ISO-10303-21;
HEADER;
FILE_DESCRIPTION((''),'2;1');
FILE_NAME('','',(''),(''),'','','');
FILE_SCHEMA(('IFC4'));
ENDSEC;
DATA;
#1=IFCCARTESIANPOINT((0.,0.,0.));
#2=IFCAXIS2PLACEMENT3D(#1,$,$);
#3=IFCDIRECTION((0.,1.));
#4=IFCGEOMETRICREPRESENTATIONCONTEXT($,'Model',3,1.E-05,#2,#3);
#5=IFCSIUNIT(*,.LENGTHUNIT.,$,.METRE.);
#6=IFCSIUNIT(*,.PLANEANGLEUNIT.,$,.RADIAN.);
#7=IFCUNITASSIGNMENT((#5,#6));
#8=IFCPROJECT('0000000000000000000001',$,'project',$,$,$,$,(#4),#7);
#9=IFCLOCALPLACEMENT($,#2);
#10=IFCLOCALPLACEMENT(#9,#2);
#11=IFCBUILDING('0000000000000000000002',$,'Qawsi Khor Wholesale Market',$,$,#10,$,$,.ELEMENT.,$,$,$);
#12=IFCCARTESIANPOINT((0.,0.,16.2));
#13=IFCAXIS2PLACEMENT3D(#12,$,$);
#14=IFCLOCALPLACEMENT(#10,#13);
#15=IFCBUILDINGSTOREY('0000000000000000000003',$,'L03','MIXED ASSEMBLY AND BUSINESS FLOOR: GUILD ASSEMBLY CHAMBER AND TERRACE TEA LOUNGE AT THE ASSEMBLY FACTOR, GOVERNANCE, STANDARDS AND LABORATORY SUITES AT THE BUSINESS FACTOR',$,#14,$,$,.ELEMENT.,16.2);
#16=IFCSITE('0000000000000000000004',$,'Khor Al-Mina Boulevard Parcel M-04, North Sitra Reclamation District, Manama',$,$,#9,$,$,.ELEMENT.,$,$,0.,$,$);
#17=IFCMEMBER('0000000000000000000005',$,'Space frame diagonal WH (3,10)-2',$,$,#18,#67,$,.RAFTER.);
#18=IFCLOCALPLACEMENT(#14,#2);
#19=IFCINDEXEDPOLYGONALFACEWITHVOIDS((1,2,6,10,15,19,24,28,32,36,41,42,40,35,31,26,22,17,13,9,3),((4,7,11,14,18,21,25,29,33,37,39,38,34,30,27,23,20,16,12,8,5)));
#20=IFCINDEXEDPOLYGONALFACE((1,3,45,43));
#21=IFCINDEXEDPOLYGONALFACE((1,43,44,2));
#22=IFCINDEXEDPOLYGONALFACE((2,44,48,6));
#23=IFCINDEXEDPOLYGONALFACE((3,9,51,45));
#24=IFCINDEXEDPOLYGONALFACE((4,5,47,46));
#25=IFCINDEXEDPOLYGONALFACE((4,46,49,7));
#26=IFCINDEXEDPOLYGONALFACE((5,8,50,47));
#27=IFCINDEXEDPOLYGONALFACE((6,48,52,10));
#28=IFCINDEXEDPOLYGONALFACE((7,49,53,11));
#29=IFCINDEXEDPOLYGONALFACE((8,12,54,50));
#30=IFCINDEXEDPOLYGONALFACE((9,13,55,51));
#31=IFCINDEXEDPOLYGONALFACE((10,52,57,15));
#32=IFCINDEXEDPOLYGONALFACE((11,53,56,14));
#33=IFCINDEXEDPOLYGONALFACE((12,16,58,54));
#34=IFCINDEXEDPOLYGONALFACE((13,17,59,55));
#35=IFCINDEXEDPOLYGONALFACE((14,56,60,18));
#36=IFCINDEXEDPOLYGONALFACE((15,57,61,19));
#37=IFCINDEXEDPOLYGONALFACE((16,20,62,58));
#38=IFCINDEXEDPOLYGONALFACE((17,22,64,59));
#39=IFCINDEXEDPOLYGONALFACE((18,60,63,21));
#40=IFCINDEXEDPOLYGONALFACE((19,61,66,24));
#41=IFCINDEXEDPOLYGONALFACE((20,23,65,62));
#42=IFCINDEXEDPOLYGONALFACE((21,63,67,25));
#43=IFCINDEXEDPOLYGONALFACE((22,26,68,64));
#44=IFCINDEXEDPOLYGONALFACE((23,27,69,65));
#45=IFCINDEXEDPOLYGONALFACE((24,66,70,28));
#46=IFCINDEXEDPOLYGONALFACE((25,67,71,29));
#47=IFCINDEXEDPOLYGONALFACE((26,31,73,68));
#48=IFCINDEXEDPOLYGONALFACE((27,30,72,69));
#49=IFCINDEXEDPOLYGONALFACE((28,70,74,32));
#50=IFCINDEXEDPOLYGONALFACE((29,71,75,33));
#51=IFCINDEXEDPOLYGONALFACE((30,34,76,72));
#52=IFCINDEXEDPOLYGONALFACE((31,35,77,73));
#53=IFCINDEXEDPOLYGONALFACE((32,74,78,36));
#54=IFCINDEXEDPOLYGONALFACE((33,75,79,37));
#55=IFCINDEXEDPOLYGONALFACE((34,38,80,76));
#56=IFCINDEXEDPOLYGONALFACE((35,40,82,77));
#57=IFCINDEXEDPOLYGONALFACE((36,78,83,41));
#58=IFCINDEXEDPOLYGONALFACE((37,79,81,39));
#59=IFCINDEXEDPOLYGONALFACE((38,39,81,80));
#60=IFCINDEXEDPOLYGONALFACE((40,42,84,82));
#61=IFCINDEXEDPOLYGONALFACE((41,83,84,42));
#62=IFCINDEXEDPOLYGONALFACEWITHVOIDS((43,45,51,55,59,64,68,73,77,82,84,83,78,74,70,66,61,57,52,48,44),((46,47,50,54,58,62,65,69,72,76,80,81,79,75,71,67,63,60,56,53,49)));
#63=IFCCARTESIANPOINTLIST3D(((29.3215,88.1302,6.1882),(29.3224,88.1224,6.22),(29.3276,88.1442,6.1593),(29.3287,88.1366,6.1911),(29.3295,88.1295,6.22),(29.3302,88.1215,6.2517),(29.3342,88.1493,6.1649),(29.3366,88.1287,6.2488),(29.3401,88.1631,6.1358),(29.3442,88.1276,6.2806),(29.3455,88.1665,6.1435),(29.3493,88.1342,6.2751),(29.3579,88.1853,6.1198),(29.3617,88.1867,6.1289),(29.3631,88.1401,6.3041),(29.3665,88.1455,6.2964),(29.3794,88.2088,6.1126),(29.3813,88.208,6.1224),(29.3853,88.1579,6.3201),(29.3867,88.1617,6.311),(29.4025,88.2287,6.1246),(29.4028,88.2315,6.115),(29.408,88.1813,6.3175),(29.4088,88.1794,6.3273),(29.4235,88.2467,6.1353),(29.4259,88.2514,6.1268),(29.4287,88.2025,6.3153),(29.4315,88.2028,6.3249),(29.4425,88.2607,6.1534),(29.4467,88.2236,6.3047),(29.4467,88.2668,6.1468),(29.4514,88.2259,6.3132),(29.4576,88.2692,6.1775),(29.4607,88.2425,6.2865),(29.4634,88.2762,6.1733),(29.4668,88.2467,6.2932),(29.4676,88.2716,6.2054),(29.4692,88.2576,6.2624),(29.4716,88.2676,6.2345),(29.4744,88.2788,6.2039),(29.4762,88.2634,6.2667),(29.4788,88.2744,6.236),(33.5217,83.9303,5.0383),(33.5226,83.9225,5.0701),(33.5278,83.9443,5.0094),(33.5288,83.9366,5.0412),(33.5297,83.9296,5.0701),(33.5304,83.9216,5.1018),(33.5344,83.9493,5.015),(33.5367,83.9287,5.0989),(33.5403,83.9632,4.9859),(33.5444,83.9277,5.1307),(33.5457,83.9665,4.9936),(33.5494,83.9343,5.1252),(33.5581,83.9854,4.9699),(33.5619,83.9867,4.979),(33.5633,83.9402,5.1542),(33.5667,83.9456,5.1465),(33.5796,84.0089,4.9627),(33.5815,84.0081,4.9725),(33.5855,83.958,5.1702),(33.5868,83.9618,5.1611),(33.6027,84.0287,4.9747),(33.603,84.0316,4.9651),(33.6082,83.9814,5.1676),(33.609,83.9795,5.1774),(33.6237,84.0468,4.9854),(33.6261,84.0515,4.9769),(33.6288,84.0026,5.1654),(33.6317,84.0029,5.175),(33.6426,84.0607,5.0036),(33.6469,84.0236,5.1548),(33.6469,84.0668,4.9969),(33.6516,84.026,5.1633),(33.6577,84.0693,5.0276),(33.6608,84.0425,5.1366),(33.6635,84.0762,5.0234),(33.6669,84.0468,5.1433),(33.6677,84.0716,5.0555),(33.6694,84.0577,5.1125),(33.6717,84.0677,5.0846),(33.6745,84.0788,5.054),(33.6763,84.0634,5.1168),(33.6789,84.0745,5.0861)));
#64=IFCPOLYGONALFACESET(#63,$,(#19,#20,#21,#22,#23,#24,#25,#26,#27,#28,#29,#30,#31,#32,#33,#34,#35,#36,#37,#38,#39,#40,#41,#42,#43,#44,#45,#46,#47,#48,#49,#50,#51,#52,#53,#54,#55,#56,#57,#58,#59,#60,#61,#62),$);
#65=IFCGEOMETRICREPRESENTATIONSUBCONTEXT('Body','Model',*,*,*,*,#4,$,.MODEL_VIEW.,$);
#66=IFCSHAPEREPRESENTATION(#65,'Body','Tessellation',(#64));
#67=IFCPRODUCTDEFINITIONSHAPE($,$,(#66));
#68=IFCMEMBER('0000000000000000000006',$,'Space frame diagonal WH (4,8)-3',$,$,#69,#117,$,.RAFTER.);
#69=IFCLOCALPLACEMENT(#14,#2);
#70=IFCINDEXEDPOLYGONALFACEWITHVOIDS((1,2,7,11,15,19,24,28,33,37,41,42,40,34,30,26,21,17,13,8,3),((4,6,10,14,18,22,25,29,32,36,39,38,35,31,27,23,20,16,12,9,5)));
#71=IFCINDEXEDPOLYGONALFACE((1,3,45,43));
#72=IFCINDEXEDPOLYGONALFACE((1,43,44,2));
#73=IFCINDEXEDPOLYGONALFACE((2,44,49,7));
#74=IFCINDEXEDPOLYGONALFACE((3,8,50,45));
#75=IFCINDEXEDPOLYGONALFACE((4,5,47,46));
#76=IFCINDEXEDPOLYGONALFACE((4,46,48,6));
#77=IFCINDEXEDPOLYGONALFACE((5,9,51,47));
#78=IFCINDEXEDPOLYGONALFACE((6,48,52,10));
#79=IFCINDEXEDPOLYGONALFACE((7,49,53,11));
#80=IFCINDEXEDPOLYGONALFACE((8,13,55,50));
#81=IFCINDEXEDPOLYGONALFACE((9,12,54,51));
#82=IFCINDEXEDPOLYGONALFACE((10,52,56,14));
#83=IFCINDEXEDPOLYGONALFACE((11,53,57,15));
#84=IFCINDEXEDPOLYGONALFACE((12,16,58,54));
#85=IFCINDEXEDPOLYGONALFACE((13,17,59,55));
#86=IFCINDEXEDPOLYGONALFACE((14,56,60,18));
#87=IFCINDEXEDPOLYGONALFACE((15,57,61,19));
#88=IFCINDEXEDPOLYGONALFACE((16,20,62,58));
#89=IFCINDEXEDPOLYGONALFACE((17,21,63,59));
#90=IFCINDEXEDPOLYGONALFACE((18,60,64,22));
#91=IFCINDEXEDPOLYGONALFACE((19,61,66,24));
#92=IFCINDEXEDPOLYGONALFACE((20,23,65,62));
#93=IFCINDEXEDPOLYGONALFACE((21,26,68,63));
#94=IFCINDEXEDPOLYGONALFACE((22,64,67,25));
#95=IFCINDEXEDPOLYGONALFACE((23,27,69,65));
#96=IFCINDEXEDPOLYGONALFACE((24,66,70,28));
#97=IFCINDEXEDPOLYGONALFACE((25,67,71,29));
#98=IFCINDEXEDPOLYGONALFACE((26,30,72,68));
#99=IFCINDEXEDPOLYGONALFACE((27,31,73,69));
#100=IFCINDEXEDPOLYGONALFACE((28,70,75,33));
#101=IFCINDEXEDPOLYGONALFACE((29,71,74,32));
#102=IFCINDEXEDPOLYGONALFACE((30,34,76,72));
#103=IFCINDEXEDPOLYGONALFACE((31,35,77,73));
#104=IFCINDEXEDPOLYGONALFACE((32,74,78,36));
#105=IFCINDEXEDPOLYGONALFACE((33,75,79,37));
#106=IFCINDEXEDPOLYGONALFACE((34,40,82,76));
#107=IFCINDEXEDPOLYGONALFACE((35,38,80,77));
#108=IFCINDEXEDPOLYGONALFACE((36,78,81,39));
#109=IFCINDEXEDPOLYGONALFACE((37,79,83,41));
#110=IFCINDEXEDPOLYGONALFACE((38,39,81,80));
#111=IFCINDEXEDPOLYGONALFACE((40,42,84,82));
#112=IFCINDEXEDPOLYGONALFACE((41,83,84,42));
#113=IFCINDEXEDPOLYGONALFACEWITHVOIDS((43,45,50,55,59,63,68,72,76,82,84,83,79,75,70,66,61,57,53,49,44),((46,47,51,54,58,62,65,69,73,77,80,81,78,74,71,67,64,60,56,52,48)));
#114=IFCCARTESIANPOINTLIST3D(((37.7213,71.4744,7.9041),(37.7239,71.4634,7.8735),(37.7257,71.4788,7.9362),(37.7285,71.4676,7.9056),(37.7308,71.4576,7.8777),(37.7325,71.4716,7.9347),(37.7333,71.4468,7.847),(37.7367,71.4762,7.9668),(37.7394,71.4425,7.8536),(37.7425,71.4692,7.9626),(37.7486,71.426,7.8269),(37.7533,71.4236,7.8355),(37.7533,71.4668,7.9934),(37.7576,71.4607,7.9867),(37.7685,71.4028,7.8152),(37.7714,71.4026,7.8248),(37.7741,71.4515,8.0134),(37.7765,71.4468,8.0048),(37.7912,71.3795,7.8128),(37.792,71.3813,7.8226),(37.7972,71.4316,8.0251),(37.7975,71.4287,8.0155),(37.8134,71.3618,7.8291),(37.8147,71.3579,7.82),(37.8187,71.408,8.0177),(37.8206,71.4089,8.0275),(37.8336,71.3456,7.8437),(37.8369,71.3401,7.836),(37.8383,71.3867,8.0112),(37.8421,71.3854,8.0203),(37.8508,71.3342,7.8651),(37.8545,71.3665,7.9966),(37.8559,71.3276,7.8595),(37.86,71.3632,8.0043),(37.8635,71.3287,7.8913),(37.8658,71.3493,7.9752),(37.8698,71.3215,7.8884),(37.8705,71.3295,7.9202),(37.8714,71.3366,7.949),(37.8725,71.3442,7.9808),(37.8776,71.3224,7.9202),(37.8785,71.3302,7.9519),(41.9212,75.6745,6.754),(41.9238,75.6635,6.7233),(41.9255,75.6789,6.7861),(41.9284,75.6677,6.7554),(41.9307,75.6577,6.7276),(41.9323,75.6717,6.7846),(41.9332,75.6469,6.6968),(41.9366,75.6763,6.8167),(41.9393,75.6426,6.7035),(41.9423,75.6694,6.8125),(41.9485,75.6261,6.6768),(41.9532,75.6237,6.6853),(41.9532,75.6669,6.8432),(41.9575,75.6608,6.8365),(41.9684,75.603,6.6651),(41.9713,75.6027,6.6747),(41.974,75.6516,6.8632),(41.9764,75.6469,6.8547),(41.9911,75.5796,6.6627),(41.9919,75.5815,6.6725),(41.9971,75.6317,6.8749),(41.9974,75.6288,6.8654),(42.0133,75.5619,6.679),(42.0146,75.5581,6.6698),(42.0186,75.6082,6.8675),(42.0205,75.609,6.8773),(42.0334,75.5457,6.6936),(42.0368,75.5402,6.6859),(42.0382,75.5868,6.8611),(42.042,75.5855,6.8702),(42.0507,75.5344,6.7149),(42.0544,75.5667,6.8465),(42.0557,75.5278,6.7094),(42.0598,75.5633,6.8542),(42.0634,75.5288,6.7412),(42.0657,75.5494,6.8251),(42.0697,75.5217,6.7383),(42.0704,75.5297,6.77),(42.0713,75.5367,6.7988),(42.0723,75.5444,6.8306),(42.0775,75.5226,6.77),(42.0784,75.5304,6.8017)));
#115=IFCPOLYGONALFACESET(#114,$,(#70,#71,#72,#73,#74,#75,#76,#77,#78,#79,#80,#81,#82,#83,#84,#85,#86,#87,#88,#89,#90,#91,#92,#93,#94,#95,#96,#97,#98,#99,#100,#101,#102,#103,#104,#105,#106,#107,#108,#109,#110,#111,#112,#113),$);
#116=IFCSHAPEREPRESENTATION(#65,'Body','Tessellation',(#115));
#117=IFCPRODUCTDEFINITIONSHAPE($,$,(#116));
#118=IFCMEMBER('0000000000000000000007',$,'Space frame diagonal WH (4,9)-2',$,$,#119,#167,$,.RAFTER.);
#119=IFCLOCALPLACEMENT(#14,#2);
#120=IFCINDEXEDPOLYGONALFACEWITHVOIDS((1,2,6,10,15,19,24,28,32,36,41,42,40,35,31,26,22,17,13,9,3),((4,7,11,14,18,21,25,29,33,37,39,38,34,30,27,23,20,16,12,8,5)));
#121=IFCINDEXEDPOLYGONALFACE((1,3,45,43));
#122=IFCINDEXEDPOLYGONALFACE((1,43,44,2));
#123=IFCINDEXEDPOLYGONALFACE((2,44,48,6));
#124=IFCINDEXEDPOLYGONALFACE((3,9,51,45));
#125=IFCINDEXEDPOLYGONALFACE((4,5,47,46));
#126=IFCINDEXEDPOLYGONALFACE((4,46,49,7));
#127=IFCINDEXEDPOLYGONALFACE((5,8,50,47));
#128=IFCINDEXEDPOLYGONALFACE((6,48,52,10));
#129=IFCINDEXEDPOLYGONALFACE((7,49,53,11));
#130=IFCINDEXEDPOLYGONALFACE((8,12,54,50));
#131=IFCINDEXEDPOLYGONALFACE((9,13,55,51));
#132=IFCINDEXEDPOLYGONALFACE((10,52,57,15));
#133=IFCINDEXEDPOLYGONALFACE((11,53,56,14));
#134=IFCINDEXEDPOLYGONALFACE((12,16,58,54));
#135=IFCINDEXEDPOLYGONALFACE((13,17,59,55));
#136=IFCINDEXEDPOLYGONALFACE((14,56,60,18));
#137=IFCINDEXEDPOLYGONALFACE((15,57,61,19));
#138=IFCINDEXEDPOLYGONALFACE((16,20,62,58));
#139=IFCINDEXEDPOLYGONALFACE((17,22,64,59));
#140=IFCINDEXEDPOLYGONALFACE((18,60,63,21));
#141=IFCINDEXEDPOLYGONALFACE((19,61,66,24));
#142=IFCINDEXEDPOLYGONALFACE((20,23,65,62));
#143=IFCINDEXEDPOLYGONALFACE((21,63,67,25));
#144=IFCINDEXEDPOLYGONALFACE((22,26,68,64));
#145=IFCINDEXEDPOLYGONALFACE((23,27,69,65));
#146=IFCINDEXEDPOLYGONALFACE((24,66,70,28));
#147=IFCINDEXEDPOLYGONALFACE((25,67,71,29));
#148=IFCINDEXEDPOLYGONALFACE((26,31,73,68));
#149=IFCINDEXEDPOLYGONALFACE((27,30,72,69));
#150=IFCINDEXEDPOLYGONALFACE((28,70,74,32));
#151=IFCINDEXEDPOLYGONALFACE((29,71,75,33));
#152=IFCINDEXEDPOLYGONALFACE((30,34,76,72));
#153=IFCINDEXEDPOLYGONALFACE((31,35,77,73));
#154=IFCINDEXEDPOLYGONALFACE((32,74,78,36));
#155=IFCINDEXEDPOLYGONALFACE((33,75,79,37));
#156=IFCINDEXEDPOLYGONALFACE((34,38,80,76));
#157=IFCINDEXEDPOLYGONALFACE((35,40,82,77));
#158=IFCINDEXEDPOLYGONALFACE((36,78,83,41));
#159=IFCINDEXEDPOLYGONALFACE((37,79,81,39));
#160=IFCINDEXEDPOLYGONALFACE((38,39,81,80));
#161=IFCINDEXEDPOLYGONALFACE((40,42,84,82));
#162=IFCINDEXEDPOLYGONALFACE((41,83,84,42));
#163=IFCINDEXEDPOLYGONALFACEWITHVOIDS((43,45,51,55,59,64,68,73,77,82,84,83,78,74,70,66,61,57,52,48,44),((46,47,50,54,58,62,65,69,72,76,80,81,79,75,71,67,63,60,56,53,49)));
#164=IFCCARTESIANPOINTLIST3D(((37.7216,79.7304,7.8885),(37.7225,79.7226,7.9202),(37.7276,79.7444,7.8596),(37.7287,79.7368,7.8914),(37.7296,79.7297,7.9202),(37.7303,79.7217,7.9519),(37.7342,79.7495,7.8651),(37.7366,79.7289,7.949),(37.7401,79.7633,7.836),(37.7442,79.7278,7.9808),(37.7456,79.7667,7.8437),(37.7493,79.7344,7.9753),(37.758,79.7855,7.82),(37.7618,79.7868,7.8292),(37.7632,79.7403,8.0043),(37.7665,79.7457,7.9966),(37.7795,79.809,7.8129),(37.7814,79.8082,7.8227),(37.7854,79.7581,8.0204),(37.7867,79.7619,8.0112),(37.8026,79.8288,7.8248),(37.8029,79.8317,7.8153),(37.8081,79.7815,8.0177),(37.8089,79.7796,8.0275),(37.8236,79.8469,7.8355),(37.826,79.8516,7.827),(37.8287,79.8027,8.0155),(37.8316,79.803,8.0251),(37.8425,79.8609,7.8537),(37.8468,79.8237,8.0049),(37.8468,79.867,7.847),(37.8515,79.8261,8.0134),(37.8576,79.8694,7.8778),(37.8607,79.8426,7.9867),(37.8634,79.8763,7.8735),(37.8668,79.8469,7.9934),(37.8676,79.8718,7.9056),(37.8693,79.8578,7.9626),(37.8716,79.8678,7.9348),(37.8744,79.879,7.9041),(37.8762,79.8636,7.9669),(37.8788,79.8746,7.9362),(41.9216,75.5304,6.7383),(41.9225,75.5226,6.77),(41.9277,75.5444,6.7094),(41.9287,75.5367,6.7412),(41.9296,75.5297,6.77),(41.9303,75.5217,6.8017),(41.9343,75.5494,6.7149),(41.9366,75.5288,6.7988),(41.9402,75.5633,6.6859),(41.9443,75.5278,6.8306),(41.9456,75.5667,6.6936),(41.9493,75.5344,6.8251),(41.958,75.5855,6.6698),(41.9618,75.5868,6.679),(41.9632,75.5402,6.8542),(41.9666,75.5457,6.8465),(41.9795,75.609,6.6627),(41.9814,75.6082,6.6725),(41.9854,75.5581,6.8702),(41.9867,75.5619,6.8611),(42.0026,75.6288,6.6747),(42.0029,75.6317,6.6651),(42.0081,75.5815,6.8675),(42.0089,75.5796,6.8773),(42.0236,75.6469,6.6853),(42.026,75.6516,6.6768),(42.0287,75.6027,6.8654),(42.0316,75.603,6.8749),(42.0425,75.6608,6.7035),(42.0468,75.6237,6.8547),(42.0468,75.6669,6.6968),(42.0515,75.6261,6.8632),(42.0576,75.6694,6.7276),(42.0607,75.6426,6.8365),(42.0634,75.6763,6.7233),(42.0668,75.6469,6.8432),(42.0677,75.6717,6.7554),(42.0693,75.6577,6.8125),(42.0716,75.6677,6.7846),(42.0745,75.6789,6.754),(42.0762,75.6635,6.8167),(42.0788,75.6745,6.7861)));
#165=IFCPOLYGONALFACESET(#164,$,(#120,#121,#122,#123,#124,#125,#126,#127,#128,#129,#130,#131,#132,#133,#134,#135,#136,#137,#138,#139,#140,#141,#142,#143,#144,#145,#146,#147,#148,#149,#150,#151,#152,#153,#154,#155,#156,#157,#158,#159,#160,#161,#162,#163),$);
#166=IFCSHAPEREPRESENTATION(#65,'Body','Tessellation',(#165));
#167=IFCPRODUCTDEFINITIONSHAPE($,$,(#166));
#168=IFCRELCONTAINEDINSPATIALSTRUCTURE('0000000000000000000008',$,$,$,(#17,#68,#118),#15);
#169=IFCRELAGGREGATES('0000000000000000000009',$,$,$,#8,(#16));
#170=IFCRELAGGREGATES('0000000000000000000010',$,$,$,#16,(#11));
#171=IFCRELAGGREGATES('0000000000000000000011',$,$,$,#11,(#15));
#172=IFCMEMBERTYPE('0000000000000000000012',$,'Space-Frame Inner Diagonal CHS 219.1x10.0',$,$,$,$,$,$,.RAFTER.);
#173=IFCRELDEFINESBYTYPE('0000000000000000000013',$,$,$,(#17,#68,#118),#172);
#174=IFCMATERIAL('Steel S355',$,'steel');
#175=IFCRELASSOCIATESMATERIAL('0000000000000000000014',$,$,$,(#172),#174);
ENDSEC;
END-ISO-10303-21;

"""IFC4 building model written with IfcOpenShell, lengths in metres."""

from ifc_helpers import new_model, si_unit, direction, frame, origin, origin_2d, place, context, subcontext, project, spatial, hollow_circle, extrude, material, material_profile, profile_set, type_object, element, save


model = new_model("IFC4")

# Units and contexts
model_context = context("Model", 3, precision=1e-05, world=origin(), true_north=direction((0.0, 1.0)))
body_context = subcontext(model_context, "Body", "Model", "MODEL_VIEW")
ifc_project = project(units=[si_unit("LENGTHUNIT", "METRE"), si_unit("PLANEANGLEUNIT", "RADIAN")], contexts=[model_context])

# Site, building, storey
site_placement = place(None, origin())
site = spatial("IfcSite", under=ifc_project, at=site_placement, Name="Khor Al-Mina Boulevard Parcel M-04, North Sitra Reclamation District, Manama", CompositionType="ELEMENT", RefElevation=0.0)
building_placement = place(site_placement, origin())
building = spatial("IfcBuilding", under=site, at=building_placement, Name="Qawsi Khor Wholesale Market", CompositionType="ELEMENT")
storey_placement = place(building_placement, frame((0.0, 0.0, 16.2)))
storey = spatial("IfcBuildingStorey", under=building, at=storey_placement, Name="L03", Description="MIXED ASSEMBLY AND BUSINESS FLOOR: GUILD ASSEMBLY CHAMBER AND TERRACE TEA LOUNGE AT THE ASSEMBLY FACTOR, GOVERNANCE, STANDARDS AND LABORATORY SUITES AT THE BUSINESS FACTOR", CompositionType="ELEMENT", Elevation=16.2)

# Members
ifc_material_1 = material(Name="Steel S355", Category="steel")
ifc_material_profile_1 = material_profile(ifc_material_1, hollow_circle(Radius=0.1096, WallThickness=0.01, at=origin_2d()), Name="CHS 219.1x10.0")
ifc_profile_set_1 = profile_set([ifc_material_profile_1], Name="Steel S355")
member_type_1 = type_object("IfcMemberType", Name="Space-Frame Inner Diagonal CHS 219.1x10.0", PredefinedType="RAFTER", material=ifc_profile_set_1)
for number, where, z_axis, x_axis, name in (
    (1, (33.6001, 84.0, 5.0701), (-0.694238, 0.694197, 0.190064), (-0.707086, -0.707127, 0.0), "Space frame diagonal WH (3,10)-2"),
    (2, (42.0, 75.6001, 6.77), (-0.694192, -0.694232, 0.190103), (0.707127, -0.707086, 0.0), "Space frame diagonal WH (4,8)-3"),
    (3, (42.0, 75.6001, 6.77), (-0.694211, 0.694211, 0.190108), (-0.707107, -0.707107, 0.0), "Space frame diagonal WH (4,9)-2"),
):
    element("IfcMember", number, at=place(storey_placement, frame(where, z_axis=z_axis, x_axis=x_axis)), inside=storey, type_object=member_type_1, Name=name, PredefinedType="RAFTER", context=body_context, shape_type="SweptSolid", body=[
        extrude(hollow_circle(Radius=0.1096, WallThickness=0.01, at=origin_2d()), origin(), (0.0, 0.0, 1.0), 6.05),
    ])

save(model, "model.ifc")
